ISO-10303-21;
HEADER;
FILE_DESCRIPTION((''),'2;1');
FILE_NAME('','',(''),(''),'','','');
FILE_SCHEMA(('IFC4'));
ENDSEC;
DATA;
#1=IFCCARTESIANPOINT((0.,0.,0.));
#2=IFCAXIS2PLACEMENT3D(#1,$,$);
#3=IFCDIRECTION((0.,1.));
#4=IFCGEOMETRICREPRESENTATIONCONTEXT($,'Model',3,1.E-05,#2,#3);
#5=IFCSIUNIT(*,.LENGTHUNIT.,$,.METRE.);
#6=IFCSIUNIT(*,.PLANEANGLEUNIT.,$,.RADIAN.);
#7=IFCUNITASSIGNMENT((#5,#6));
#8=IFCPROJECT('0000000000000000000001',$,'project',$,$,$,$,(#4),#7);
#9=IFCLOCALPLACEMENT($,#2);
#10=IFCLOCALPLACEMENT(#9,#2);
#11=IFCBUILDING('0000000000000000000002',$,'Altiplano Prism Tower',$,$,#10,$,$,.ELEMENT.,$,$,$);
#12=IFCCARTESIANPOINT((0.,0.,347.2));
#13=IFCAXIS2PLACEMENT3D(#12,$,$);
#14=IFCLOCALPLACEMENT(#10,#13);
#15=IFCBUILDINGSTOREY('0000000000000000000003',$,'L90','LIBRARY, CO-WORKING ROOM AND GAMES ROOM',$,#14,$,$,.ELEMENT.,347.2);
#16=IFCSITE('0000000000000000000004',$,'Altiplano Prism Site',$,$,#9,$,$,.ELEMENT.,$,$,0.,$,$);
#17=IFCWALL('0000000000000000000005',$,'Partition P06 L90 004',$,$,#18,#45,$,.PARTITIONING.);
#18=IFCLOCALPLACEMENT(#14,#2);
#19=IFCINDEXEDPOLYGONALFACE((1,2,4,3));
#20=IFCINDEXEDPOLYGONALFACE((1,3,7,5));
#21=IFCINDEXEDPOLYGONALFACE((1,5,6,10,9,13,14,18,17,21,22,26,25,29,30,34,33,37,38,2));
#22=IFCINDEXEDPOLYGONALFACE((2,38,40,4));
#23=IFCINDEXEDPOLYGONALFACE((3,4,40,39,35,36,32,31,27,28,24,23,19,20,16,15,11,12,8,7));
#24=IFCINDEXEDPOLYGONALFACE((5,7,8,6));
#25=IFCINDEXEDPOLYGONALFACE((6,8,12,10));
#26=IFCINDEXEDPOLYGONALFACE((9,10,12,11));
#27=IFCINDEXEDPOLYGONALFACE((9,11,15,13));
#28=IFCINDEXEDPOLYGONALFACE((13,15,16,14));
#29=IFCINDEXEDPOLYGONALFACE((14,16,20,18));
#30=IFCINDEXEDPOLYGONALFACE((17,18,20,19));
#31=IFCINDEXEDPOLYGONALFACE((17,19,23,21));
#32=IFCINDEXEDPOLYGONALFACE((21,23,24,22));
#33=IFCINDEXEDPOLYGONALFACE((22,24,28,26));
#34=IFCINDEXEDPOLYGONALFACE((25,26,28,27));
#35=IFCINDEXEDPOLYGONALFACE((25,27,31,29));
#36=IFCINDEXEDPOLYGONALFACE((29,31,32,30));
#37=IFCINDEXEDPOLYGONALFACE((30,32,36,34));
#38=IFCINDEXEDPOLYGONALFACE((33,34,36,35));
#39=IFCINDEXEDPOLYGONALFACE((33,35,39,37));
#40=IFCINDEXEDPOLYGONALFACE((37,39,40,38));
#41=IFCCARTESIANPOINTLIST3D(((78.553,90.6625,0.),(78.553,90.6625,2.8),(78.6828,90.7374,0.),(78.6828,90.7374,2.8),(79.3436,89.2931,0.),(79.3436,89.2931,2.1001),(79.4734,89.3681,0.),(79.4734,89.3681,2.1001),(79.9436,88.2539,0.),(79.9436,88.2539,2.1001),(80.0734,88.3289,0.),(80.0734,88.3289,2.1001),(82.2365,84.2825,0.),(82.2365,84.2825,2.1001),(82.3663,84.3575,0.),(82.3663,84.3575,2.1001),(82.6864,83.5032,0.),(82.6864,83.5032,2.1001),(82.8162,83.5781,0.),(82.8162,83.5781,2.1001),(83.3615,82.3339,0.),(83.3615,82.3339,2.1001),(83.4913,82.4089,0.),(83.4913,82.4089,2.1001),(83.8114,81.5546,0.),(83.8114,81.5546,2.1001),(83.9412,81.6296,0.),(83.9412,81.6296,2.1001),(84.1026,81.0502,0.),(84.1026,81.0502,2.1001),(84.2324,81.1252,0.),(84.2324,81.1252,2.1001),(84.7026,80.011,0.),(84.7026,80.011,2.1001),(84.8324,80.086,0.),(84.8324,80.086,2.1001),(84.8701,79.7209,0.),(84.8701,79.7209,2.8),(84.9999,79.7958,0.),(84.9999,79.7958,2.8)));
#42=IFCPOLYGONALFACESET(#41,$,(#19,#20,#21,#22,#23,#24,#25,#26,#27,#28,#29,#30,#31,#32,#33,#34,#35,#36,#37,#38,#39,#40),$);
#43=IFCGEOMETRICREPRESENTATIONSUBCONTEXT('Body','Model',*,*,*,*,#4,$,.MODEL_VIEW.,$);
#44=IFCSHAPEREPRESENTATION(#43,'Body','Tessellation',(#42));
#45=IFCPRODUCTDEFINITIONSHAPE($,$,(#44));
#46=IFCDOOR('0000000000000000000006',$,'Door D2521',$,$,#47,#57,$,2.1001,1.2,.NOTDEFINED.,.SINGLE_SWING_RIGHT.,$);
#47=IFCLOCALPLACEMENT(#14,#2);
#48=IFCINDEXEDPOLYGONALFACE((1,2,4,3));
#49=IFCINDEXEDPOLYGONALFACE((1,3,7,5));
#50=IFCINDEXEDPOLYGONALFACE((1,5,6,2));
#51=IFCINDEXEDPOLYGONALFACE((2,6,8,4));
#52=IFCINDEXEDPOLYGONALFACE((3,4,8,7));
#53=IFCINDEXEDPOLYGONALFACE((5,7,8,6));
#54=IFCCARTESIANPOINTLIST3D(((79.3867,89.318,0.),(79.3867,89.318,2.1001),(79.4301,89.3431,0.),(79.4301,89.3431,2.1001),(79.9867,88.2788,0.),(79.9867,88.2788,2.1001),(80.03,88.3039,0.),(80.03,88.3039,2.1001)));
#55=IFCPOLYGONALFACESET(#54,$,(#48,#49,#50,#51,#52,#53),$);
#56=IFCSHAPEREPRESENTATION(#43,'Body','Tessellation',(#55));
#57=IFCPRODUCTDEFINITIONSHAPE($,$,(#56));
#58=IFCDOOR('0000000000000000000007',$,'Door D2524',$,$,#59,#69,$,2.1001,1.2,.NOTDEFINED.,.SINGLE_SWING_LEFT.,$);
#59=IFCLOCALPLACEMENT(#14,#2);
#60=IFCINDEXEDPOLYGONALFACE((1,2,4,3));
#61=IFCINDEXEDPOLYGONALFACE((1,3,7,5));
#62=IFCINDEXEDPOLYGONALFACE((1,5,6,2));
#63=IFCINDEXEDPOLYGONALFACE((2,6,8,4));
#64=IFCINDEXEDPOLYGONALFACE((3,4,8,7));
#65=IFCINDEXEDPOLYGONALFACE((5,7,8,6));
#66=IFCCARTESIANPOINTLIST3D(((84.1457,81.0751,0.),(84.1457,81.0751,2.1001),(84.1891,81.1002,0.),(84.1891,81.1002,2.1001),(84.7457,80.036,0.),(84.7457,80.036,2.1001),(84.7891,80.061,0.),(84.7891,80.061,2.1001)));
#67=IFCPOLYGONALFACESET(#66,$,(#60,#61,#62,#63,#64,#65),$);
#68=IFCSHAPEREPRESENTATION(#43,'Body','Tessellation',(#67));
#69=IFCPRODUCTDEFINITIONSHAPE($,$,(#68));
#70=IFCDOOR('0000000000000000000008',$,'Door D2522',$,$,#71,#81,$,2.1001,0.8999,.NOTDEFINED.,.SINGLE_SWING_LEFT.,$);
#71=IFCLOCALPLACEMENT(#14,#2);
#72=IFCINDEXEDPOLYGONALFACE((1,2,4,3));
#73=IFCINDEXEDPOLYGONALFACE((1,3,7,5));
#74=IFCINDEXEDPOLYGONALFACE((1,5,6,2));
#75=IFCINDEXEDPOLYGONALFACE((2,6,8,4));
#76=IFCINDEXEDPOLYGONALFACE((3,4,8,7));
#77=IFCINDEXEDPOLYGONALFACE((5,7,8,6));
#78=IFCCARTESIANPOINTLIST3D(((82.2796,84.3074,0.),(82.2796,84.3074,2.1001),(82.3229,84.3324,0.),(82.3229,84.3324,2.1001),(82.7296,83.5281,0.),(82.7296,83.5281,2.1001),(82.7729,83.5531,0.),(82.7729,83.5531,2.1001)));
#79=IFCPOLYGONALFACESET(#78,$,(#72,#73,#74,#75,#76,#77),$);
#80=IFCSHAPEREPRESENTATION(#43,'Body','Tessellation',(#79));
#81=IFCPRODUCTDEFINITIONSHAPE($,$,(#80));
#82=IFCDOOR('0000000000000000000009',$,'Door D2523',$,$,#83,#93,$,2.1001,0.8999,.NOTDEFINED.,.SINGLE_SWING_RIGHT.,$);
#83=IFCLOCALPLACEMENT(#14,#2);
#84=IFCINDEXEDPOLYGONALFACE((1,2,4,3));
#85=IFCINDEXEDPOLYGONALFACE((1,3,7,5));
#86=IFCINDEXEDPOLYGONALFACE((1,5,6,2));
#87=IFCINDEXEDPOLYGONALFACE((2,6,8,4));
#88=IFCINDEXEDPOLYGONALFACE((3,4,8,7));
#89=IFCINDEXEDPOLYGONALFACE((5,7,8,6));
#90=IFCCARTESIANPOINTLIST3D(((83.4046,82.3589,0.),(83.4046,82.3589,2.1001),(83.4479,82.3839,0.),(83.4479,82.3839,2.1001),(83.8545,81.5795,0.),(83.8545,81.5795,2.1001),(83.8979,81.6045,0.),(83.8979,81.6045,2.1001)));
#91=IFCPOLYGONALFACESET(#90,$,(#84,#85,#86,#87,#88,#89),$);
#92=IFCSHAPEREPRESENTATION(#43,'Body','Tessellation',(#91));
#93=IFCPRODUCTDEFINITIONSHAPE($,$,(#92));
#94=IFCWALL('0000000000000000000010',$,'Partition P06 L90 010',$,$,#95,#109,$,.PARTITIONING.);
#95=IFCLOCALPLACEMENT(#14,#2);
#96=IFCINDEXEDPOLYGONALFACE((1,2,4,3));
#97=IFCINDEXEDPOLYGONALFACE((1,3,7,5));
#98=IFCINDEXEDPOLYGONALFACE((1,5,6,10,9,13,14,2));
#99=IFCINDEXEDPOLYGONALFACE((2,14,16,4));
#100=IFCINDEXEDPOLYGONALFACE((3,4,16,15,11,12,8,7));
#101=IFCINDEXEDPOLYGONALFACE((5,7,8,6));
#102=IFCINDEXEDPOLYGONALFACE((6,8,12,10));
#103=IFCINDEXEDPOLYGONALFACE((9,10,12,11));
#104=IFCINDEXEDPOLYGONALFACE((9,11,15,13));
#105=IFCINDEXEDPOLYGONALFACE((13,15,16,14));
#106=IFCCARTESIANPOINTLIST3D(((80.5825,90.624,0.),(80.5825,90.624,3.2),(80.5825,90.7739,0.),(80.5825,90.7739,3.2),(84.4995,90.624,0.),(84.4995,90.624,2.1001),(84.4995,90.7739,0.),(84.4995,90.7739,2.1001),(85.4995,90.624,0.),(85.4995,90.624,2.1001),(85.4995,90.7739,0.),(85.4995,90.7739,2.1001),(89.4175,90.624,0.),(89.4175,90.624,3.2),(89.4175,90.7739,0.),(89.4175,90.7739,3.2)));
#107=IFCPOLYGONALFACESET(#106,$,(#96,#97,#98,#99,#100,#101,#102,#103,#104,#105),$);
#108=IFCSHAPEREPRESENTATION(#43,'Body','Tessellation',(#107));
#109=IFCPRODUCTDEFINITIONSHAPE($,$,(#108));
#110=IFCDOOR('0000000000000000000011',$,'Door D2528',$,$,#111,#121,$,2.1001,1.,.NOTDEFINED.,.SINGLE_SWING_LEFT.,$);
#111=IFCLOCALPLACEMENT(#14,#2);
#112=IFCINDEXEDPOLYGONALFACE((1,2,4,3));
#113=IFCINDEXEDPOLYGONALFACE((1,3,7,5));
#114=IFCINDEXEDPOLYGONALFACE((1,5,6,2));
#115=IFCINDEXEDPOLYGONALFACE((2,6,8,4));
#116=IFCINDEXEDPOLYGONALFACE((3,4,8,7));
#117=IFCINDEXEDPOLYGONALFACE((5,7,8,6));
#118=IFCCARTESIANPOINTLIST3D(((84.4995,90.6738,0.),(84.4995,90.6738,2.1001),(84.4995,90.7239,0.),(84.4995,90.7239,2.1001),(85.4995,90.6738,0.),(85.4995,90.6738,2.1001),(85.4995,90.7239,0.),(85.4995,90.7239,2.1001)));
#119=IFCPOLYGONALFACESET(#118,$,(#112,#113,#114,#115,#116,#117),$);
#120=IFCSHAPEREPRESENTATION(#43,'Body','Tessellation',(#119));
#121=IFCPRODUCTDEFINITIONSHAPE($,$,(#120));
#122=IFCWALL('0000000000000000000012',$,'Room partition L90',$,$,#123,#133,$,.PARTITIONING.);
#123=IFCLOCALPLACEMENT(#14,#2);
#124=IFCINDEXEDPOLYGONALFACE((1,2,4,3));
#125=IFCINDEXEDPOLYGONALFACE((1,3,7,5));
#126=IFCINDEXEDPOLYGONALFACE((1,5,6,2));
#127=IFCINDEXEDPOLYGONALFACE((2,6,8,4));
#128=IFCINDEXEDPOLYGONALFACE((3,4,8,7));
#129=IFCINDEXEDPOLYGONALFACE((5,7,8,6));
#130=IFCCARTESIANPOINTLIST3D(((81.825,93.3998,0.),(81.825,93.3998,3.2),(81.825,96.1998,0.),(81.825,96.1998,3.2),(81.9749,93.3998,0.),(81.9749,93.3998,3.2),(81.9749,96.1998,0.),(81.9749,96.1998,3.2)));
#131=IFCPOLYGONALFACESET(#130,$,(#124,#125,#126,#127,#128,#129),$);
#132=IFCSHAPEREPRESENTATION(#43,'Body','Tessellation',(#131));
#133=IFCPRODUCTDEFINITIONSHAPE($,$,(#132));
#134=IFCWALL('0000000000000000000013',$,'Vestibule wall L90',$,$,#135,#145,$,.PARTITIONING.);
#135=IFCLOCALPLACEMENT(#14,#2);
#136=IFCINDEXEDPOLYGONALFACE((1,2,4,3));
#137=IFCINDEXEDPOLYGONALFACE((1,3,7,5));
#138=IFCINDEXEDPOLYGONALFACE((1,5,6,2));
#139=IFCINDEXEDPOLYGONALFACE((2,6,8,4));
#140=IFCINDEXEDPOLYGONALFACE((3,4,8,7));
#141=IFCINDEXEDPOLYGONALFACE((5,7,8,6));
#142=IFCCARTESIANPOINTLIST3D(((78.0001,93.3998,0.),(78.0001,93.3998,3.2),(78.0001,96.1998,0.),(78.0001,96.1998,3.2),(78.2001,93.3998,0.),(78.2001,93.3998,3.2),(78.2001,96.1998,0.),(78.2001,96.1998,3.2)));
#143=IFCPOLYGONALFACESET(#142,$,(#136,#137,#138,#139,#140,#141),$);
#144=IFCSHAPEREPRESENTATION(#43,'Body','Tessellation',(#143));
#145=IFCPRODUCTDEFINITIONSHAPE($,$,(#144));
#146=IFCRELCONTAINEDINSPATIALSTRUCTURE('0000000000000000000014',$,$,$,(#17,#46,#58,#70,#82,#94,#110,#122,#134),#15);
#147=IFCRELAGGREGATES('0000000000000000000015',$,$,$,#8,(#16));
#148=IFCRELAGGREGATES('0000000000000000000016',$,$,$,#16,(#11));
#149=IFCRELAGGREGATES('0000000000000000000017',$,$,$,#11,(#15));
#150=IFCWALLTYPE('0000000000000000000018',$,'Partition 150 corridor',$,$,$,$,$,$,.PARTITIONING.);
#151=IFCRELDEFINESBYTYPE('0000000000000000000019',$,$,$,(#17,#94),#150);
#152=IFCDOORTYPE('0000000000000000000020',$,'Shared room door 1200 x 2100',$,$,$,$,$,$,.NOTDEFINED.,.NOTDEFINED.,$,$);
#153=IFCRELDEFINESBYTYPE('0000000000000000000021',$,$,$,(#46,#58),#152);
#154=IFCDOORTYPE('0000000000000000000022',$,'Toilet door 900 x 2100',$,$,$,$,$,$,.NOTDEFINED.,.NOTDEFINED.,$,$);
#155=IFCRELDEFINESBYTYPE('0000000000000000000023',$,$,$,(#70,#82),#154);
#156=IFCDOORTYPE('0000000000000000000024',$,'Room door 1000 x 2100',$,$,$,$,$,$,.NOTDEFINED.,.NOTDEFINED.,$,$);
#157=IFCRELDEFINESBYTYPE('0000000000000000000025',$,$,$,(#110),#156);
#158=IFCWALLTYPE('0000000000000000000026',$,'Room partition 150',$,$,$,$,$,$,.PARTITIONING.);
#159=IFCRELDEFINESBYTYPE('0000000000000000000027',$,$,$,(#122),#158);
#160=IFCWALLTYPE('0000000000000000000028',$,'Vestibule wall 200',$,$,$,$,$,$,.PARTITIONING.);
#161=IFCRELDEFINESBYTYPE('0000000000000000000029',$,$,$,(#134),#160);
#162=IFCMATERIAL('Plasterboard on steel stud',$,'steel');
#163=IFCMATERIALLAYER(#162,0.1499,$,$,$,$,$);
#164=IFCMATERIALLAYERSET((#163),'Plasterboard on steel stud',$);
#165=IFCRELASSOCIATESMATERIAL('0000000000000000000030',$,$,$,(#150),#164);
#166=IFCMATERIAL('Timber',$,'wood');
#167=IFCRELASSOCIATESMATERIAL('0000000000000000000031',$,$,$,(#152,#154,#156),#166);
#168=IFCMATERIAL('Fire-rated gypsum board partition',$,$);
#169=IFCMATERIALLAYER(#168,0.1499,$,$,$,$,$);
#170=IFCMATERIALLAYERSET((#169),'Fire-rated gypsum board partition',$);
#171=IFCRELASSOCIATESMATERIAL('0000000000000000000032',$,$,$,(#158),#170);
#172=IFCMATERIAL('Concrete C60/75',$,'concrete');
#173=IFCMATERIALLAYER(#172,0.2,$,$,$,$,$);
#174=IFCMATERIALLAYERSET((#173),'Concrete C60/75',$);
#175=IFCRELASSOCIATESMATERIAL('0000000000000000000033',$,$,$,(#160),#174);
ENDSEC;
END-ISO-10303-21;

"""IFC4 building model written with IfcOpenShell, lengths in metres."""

from ifc_helpers import new_model, si_unit, direction, frame, frame_2d, origin, place, context, subcontext, project, spatial, rectangle, extrude, material, layer, layer_set, type_object, element, fill, save


model = new_model("IFC4")

# Units and contexts
model_context = context("Model", 3, precision=1e-05, world=origin(), true_north=direction((0.0, 1.0)))
body_context = subcontext(model_context, "Body", "Model", "MODEL_VIEW")
ifc_project = project(units=[si_unit("LENGTHUNIT", "METRE"), si_unit("PLANEANGLEUNIT", "RADIAN")], contexts=[model_context])

# Site, building, storey
site_placement = place(None, origin())
site = spatial("IfcSite", under=ifc_project, at=site_placement, Name="Altiplano Prism Site", CompositionType="ELEMENT", RefElevation=0.0)
building_placement = place(site_placement, origin())
building = spatial("IfcBuilding", under=site, at=building_placement, Name="Altiplano Prism Tower", CompositionType="ELEMENT")
storey_placement = place(building_placement, frame((0.0, 0.0, 347.2)))
storey = spatial("IfcBuildingStorey", under=building, at=storey_placement, Name="L90", Description="LIBRARY, CO-WORKING ROOM AND GAMES ROOM", CompositionType="ELEMENT", Elevation=347.2)

# Shared definitions
ifc_material_1 = material(Name="Concrete C60/75", Category="concrete")

# Shared definitions
ifc_material_2 = material(Name="Plasterboard on steel stud", Category="steel")
ifc_layer_1 = layer(ifc_material_2, 0.1499)
ifc_layer_set_1 = layer_set([ifc_layer_1], Name="Plasterboard on steel stud")
wall_type_1 = type_object("IfcWallType", Name="Partition 150 corridor", PredefinedType="PARTITIONING", material=ifc_layer_set_1)

# Wall, openings, doors
wall_1_placement = place(storey_placement, frame((78.6179, 90.7, 0.0), z_axis=(0.0, 0.0, 1.0), x_axis=(0.499998, -0.866026, 0.0)))
wall_1 = element("IfcWall", 1, at=wall_1_placement, inside=storey, type_object=wall_type_1, Name="Partition P06 L90 004", PredefinedType="PARTITIONING", context=body_context, shape_type="SweptSolid", body=[
    extrude(rectangle(XDim=12.6343, YDim=0.1499, at=frame_2d((6.3171, 0.0))), origin(), (0.0, 0.0, 1.0), 2.8),
])
opening_1_placement = place(wall_1_placement, frame((1.5811, 0.0, 0.0)))
opening_1 = element("IfcOpeningElement", 2, at=opening_1_placement, cuts=wall_1, PredefinedType="OPENING", context=body_context, shape_type="SweptSolid", body=[
    extrude(rectangle(XDim=1.2, YDim=2.1001, at=frame_2d((0.6001, 1.05))), frame((0.0, 0.0854, 0.0), z_axis=(0.0, -1.0, 0.0), x_axis=(1.0, 0.0, 0.0)), (0.0, 0.0, 1.0), 0.1709),
])
opening_2_placement = place(wall_1_placement, frame((7.3669, 0.0, 0.0)))
opening_2 = element("IfcOpeningElement", 3, at=opening_2_placement, cuts=wall_1, PredefinedType="OPENING", context=body_context, shape_type="SweptSolid", body=[
    extrude(rectangle(XDim=0.8999, YDim=2.1001, at=frame_2d((0.45, 1.05))), frame((0.0, 0.0854, 0.0), z_axis=(0.0, -1.0, 0.0), x_axis=(1.0, 0.0, 0.0)), (0.0, 0.0, 1.0), 0.1709),
])
opening_3_placement = place(wall_1_placement, frame((9.6169, 0.0, 0.0)))
opening_3 = element("IfcOpeningElement", 4, at=opening_3_placement, cuts=wall_1, PredefinedType="OPENING", context=body_context, shape_type="SweptSolid", body=[
    extrude(rectangle(XDim=0.8999, YDim=2.1001, at=frame_2d((0.45, 1.05))), frame((0.0, 0.0854, 0.0), z_axis=(0.0, -1.0, 0.0), x_axis=(1.0, 0.0, 0.0)), (0.0, 0.0, 1.0), 0.1709),
])
opening_4_placement = place(wall_1_placement, frame((11.0991, 0.0, 0.0)))
opening_4 = element("IfcOpeningElement", 5, at=opening_4_placement, cuts=wall_1, PredefinedType="OPENING", context=body_context, shape_type="SweptSolid", body=[
    extrude(rectangle(XDim=1.2, YDim=2.1001, at=frame_2d((0.6001, 1.05))), frame((0.0, 0.0854, 0.0), z_axis=(0.0, -1.0, 0.0), x_axis=(1.0, 0.0, 0.0)), (0.0, 0.0, 1.0), 0.1709),
])
ifc_material_3 = material(Name="Timber", Category="wood")
door_type_1 = type_object("IfcDoorType", Name="Shared room door 1200 x 2100", OperationType="NOTDEFINED", PredefinedType="NOTDEFINED", material=ifc_material_3)
door_1_placement = place(opening_1_placement, origin())
door_1 = element("IfcDoor", 6, at=door_1_placement, inside=storey, type_object=door_type_1, Name="Door D2521", OperationType="SINGLE_SWING_RIGHT", OverallHeight=2.1001, OverallWidth=1.2, PredefinedType="NOTDEFINED", context=body_context, shape_type="SweptSolid", body=[
    extrude(rectangle(XDim=1.2, YDim=2.1001, at=frame_2d((0.6001, 1.05))), frame((0.0, 0.0249, 0.0), z_axis=(0.0, -1.0, 0.0), x_axis=(1.0, 0.0, 0.0)), (0.0, 0.0, 1.0), 0.05),
])
fill(opening_1, door_1)
door_2_placement = place(opening_4_placement, origin())
door_2 = element("IfcDoor", 7, at=door_2_placement, inside=storey, type_object=door_type_1, Name="Door D2524", OperationType="SINGLE_SWING_LEFT", OverallHeight=2.1001, OverallWidth=1.2, PredefinedType="NOTDEFINED", context=body_context, shape_type="SweptSolid", body=[
    extrude(rectangle(XDim=1.2, YDim=2.1001, at=frame_2d((0.6001, 1.05))), frame((0.0, 0.0249, 0.0), z_axis=(0.0, -1.0, 0.0), x_axis=(1.0, 0.0, 0.0)), (0.0, 0.0, 1.0), 0.05),
])
fill(opening_4, door_2)
door_type_2 = type_object("IfcDoorType", Name="Toilet door 900 x 2100", OperationType="NOTDEFINED", PredefinedType="NOTDEFINED", material=ifc_material_3)
door_3_placement = place(opening_2_placement, origin())
door_3 = element("IfcDoor", 8, at=door_3_placement, inside=storey, type_object=door_type_2, Name="Door D2522", OperationType="SINGLE_SWING_LEFT", OverallHeight=2.1001, OverallWidth=0.8999, PredefinedType="NOTDEFINED", context=body_context, shape_type="SweptSolid", body=[
    extrude(rectangle(XDim=0.8999, YDim=2.1001, at=frame_2d((0.45, 1.05))), frame((0.0, 0.0249, 0.0), z_axis=(0.0, -1.0, 0.0), x_axis=(1.0, 0.0, 0.0)), (0.0, 0.0, 1.0), 0.05),
])
fill(opening_2, door_3)
door_4_placement = place(opening_3_placement, origin())
door_4 = element("IfcDoor", 9, at=door_4_placement, inside=storey, type_object=door_type_2, Name="Door D2523", OperationType="SINGLE_SWING_RIGHT", OverallHeight=2.1001, OverallWidth=0.8999, PredefinedType="NOTDEFINED", context=body_context, shape_type="SweptSolid", body=[
    extrude(rectangle(XDim=0.8999, YDim=2.1001, at=frame_2d((0.45, 1.05))), frame((0.0, 0.0249, 0.0), z_axis=(0.0, -1.0, 0.0), x_axis=(1.0, 0.0, 0.0)), (0.0, 0.0, 1.0), 0.05),
])
fill(opening_3, door_4)

# Wall, opening, door
wall_2_placement = place(storey_placement, frame((80.5825, 90.699, 0.0), z_axis=(0.0, 0.0, 1.0), x_axis=(1.0, 0.0, 0.0)))
wall_2 = element("IfcWall", 10, at=wall_2_placement, inside=storey, type_object=wall_type_1, Name="Partition P06 L90 010", PredefinedType="PARTITIONING", context=body_context, shape_type="SweptSolid", body=[
    extrude(rectangle(XDim=8.835, YDim=0.1499, at=frame_2d((4.4175, 0.0))), origin(), (0.0, 0.0, 1.0), 3.2),
])
opening_5_placement = place(wall_2_placement, frame((3.917, 0.0, 0.0)))
opening_5 = element("IfcOpeningElement", 11, at=opening_5_placement, cuts=wall_2, PredefinedType="OPENING", context=body_context, shape_type="SweptSolid", body=[
    extrude(rectangle(XDim=1.0, YDim=2.1001, at=frame_2d((0.5, 1.05))), frame((0.0, 0.0854, 0.0), z_axis=(0.0, -1.0, 0.0), x_axis=(1.0, 0.0, 0.0)), (0.0, 0.0, 1.0), 0.1709),
])
door_type_3 = type_object("IfcDoorType", Name="Room door 1000 x 2100", OperationType="NOTDEFINED", PredefinedType="NOTDEFINED", material=ifc_material_3)
door_5_placement = place(opening_5_placement, origin())
door_5 = element("IfcDoor", 12, at=door_5_placement, inside=storey, type_object=door_type_3, Name="Door D2528", OperationType="SINGLE_SWING_LEFT", OverallHeight=2.1001, OverallWidth=1.0, PredefinedType="NOTDEFINED", context=body_context, shape_type="SweptSolid", body=[
    extrude(rectangle(XDim=1.0, YDim=2.1001, at=frame_2d((0.5, 1.05))), frame((0.0, 0.0249, 0.0), z_axis=(0.0, -1.0, 0.0), x_axis=(1.0, 0.0, 0.0)), (0.0, 0.0, 1.0), 0.05),
])
fill(opening_5, door_5)

# Walls
ifc_material_4 = material(Name="Fire-rated gypsum board partition")
ifc_layer_2 = layer(ifc_material_4, 0.1499)
ifc_layer_set_2 = layer_set([ifc_layer_2], Name="Fire-rated gypsum board partition")
wall_type_2 = type_object("IfcWallType", Name="Room partition 150", PredefinedType="PARTITIONING", material=ifc_layer_set_2)
wall_3_placement = place(storey_placement, frame((81.8999, 93.3999, 0.0), z_axis=(0.0, 0.0, 1.0), x_axis=(0.0, 1.0, 0.0)))
element("IfcWall", 13, at=wall_3_placement, inside=storey, type_object=wall_type_2, Name="Room partition L90", PredefinedType="PARTITIONING", context=body_context, shape_type="SweptSolid", body=[
    extrude(rectangle(XDim=2.8, YDim=0.1499, at=frame_2d((1.3999, 0.0))), origin(), (0.0, 0.0, 1.0), 3.2),
])
ifc_layer_3 = layer(ifc_material_1, 0.2)
ifc_layer_set_3 = layer_set([ifc_layer_3], Name="Concrete C60/75")
wall_type_3 = type_object("IfcWallType", Name="Vestibule wall 200", PredefinedType="PARTITIONING", material=ifc_layer_set_3)
wall_4_placement = place(storey_placement, frame((78.1001, 93.3999, 0.0), z_axis=(0.0, 0.0, 1.0), x_axis=(0.0, 1.0, 0.0)))
element("IfcWall", 14, at=wall_4_placement, inside=storey, type_object=wall_type_3, Name="Vestibule wall L90", PredefinedType="PARTITIONING", context=body_context, shape_type="SweptSolid", body=[
    extrude(rectangle(XDim=2.8, YDim=0.2, at=frame_2d((1.3999, 0.0))), origin(), (0.0, 0.0, 1.0), 3.2),
])

save(model, "model.ifc")
